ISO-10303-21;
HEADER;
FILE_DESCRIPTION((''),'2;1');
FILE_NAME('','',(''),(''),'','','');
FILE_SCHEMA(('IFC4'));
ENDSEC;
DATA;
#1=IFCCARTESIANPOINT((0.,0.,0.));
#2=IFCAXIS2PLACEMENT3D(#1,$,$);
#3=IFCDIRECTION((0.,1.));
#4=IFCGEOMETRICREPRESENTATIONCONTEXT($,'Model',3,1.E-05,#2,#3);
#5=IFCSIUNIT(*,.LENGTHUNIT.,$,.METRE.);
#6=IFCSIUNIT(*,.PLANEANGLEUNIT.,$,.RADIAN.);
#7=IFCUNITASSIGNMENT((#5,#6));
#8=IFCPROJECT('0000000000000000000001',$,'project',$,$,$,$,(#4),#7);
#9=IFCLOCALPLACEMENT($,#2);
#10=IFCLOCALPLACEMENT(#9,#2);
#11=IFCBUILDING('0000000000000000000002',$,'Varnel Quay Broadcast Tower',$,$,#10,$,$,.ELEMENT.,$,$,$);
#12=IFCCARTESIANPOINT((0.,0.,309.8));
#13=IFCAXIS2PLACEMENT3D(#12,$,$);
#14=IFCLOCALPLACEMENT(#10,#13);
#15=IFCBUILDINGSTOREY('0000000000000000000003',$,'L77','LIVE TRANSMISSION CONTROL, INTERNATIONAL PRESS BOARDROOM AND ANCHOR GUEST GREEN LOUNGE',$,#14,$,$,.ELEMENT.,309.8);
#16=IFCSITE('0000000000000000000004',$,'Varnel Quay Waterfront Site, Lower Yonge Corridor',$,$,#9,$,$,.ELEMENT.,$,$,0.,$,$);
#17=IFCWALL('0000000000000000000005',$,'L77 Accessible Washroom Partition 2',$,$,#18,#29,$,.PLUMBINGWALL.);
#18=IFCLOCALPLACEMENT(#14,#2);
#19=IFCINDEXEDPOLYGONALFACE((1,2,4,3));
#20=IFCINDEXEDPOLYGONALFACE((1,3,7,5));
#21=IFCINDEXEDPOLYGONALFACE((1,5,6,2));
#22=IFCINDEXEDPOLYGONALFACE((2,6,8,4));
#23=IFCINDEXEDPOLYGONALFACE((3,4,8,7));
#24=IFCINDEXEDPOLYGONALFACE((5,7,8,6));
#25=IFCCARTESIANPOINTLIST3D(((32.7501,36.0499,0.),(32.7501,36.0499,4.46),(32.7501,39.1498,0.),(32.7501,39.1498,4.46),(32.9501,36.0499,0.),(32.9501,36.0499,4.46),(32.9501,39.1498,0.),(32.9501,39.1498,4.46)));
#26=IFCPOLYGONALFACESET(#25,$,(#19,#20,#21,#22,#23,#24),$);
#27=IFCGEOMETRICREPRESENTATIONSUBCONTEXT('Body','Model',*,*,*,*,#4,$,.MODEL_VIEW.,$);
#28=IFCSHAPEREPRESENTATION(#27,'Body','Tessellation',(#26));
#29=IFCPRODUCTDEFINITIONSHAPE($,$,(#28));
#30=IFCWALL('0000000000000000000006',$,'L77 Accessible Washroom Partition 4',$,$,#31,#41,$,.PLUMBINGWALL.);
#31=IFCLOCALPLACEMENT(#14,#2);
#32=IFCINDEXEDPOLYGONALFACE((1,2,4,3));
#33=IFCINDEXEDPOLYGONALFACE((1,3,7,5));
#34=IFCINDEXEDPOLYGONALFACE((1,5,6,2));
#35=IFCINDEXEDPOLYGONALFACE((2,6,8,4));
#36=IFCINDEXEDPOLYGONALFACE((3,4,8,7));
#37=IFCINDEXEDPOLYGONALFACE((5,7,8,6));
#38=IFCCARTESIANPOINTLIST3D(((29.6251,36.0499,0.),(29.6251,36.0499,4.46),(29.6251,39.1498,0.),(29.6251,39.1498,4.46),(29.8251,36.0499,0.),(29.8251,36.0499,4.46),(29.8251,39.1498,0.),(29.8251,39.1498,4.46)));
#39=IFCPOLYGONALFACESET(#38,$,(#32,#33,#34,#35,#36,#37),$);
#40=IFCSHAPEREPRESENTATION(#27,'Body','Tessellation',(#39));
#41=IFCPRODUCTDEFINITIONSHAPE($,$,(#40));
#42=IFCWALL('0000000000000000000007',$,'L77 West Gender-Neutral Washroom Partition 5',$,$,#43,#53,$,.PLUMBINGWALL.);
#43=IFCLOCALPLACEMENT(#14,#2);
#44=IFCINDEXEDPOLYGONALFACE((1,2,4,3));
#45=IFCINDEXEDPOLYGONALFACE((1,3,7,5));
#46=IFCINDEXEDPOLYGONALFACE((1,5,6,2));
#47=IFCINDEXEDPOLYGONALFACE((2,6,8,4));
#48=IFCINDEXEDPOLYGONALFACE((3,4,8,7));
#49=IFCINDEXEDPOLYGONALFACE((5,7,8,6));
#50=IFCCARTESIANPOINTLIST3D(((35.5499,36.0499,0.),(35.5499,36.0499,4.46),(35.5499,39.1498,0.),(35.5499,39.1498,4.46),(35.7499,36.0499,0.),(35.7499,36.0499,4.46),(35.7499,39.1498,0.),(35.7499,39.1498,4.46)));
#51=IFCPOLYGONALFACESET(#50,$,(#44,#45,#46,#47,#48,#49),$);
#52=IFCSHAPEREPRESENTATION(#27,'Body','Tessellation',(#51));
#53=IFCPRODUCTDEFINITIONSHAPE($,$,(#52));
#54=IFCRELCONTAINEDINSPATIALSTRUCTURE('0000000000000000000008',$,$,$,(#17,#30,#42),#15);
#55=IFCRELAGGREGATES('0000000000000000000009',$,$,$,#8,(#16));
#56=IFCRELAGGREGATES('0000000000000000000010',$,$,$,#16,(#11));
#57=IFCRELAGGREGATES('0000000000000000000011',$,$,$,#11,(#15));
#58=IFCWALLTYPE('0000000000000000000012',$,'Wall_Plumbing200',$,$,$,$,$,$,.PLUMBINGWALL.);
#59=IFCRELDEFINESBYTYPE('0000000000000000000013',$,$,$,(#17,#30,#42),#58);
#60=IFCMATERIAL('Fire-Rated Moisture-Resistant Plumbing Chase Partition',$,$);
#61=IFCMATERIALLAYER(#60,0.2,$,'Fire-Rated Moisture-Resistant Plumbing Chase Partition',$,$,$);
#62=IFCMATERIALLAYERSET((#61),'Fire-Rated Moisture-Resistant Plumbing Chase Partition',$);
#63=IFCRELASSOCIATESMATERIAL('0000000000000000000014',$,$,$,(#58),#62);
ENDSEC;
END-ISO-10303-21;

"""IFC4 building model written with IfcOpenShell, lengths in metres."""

from ifc_helpers import new_model, si_unit, direction, frame, frame_2d, origin, place, context, subcontext, project, spatial, rectangle, extrude, material, layer, layer_set, type_object, element, save


model = new_model("IFC4")

# Units and contexts
model_context = context("Model", 3, precision=1e-05, world=origin(), true_north=direction((0.0, 1.0)))
body_context = subcontext(model_context, "Body", "Model", "MODEL_VIEW")
ifc_project = project(units=[si_unit("LENGTHUNIT", "METRE"), si_unit("PLANEANGLEUNIT", "RADIAN")], contexts=[model_context])

# Site, building, storey
site_placement = place(None, origin())
site = spatial("IfcSite", under=ifc_project, at=site_placement, Name="Varnel Quay Waterfront Site, Lower Yonge Corridor", CompositionType="ELEMENT", RefElevation=0.0)
building_placement = place(site_placement, origin())
building = spatial("IfcBuilding", under=site, at=building_placement, Name="Varnel Quay Broadcast Tower", CompositionType="ELEMENT")
storey_placement = place(building_placement, frame((0.0, 0.0, 309.8)))
storey = spatial("IfcBuildingStorey", under=building, at=storey_placement, Name="L77", Description="LIVE TRANSMISSION CONTROL, INTERNATIONAL PRESS BOARDROOM AND ANCHOR GUEST GREEN LOUNGE", CompositionType="ELEMENT", Elevation=309.8)

# Walls
ifc_material_1 = material(Name="Fire-Rated Moisture-Resistant Plumbing Chase Partition")
ifc_layer_1 = layer(ifc_material_1, 0.2, Name="Fire-Rated Moisture-Resistant Plumbing Chase Partition")
ifc_layer_set_1 = layer_set([ifc_layer_1], Name="Fire-Rated Moisture-Resistant Plumbing Chase Partition")
wall_type_1 = type_object("IfcWallType", Name="Wall_Plumbing200", PredefinedType="PLUMBINGWALL", material=ifc_layer_set_1)
for number, where, z_axis, x_axis, name in (
    (1, (32.8501, 36.05, 0.0), (0.0, 0.0, 1.0), (0.0, 1.0, 0.0), "L77 Accessible Washroom Partition 2"),
    (2, (29.7251, 36.05, 0.0), (0.0, 0.0, 1.0), (0.0, 1.0, 0.0), "L77 Accessible Washroom Partition 4"),
    (3, (35.6499, 36.05, 0.0), (0.0, 0.0, 1.0), (0.0, 1.0, 0.0), "L77 West Gender-Neutral Washroom Partition 5"),
):
    element("IfcWall", number, at=place(storey_placement, frame(where, z_axis=z_axis, x_axis=x_axis)), inside=storey, type_object=wall_type_1, Name=name, PredefinedType="PLUMBINGWALL", context=body_context, shape_type="SweptSolid", body=[
        extrude(rectangle(XDim=3.0999, YDim=0.2, at=frame_2d((1.5498, 0.0))), origin(), (0.0, 0.0, 1.0), 4.46),
    ])

save(model, "model.ifc")
